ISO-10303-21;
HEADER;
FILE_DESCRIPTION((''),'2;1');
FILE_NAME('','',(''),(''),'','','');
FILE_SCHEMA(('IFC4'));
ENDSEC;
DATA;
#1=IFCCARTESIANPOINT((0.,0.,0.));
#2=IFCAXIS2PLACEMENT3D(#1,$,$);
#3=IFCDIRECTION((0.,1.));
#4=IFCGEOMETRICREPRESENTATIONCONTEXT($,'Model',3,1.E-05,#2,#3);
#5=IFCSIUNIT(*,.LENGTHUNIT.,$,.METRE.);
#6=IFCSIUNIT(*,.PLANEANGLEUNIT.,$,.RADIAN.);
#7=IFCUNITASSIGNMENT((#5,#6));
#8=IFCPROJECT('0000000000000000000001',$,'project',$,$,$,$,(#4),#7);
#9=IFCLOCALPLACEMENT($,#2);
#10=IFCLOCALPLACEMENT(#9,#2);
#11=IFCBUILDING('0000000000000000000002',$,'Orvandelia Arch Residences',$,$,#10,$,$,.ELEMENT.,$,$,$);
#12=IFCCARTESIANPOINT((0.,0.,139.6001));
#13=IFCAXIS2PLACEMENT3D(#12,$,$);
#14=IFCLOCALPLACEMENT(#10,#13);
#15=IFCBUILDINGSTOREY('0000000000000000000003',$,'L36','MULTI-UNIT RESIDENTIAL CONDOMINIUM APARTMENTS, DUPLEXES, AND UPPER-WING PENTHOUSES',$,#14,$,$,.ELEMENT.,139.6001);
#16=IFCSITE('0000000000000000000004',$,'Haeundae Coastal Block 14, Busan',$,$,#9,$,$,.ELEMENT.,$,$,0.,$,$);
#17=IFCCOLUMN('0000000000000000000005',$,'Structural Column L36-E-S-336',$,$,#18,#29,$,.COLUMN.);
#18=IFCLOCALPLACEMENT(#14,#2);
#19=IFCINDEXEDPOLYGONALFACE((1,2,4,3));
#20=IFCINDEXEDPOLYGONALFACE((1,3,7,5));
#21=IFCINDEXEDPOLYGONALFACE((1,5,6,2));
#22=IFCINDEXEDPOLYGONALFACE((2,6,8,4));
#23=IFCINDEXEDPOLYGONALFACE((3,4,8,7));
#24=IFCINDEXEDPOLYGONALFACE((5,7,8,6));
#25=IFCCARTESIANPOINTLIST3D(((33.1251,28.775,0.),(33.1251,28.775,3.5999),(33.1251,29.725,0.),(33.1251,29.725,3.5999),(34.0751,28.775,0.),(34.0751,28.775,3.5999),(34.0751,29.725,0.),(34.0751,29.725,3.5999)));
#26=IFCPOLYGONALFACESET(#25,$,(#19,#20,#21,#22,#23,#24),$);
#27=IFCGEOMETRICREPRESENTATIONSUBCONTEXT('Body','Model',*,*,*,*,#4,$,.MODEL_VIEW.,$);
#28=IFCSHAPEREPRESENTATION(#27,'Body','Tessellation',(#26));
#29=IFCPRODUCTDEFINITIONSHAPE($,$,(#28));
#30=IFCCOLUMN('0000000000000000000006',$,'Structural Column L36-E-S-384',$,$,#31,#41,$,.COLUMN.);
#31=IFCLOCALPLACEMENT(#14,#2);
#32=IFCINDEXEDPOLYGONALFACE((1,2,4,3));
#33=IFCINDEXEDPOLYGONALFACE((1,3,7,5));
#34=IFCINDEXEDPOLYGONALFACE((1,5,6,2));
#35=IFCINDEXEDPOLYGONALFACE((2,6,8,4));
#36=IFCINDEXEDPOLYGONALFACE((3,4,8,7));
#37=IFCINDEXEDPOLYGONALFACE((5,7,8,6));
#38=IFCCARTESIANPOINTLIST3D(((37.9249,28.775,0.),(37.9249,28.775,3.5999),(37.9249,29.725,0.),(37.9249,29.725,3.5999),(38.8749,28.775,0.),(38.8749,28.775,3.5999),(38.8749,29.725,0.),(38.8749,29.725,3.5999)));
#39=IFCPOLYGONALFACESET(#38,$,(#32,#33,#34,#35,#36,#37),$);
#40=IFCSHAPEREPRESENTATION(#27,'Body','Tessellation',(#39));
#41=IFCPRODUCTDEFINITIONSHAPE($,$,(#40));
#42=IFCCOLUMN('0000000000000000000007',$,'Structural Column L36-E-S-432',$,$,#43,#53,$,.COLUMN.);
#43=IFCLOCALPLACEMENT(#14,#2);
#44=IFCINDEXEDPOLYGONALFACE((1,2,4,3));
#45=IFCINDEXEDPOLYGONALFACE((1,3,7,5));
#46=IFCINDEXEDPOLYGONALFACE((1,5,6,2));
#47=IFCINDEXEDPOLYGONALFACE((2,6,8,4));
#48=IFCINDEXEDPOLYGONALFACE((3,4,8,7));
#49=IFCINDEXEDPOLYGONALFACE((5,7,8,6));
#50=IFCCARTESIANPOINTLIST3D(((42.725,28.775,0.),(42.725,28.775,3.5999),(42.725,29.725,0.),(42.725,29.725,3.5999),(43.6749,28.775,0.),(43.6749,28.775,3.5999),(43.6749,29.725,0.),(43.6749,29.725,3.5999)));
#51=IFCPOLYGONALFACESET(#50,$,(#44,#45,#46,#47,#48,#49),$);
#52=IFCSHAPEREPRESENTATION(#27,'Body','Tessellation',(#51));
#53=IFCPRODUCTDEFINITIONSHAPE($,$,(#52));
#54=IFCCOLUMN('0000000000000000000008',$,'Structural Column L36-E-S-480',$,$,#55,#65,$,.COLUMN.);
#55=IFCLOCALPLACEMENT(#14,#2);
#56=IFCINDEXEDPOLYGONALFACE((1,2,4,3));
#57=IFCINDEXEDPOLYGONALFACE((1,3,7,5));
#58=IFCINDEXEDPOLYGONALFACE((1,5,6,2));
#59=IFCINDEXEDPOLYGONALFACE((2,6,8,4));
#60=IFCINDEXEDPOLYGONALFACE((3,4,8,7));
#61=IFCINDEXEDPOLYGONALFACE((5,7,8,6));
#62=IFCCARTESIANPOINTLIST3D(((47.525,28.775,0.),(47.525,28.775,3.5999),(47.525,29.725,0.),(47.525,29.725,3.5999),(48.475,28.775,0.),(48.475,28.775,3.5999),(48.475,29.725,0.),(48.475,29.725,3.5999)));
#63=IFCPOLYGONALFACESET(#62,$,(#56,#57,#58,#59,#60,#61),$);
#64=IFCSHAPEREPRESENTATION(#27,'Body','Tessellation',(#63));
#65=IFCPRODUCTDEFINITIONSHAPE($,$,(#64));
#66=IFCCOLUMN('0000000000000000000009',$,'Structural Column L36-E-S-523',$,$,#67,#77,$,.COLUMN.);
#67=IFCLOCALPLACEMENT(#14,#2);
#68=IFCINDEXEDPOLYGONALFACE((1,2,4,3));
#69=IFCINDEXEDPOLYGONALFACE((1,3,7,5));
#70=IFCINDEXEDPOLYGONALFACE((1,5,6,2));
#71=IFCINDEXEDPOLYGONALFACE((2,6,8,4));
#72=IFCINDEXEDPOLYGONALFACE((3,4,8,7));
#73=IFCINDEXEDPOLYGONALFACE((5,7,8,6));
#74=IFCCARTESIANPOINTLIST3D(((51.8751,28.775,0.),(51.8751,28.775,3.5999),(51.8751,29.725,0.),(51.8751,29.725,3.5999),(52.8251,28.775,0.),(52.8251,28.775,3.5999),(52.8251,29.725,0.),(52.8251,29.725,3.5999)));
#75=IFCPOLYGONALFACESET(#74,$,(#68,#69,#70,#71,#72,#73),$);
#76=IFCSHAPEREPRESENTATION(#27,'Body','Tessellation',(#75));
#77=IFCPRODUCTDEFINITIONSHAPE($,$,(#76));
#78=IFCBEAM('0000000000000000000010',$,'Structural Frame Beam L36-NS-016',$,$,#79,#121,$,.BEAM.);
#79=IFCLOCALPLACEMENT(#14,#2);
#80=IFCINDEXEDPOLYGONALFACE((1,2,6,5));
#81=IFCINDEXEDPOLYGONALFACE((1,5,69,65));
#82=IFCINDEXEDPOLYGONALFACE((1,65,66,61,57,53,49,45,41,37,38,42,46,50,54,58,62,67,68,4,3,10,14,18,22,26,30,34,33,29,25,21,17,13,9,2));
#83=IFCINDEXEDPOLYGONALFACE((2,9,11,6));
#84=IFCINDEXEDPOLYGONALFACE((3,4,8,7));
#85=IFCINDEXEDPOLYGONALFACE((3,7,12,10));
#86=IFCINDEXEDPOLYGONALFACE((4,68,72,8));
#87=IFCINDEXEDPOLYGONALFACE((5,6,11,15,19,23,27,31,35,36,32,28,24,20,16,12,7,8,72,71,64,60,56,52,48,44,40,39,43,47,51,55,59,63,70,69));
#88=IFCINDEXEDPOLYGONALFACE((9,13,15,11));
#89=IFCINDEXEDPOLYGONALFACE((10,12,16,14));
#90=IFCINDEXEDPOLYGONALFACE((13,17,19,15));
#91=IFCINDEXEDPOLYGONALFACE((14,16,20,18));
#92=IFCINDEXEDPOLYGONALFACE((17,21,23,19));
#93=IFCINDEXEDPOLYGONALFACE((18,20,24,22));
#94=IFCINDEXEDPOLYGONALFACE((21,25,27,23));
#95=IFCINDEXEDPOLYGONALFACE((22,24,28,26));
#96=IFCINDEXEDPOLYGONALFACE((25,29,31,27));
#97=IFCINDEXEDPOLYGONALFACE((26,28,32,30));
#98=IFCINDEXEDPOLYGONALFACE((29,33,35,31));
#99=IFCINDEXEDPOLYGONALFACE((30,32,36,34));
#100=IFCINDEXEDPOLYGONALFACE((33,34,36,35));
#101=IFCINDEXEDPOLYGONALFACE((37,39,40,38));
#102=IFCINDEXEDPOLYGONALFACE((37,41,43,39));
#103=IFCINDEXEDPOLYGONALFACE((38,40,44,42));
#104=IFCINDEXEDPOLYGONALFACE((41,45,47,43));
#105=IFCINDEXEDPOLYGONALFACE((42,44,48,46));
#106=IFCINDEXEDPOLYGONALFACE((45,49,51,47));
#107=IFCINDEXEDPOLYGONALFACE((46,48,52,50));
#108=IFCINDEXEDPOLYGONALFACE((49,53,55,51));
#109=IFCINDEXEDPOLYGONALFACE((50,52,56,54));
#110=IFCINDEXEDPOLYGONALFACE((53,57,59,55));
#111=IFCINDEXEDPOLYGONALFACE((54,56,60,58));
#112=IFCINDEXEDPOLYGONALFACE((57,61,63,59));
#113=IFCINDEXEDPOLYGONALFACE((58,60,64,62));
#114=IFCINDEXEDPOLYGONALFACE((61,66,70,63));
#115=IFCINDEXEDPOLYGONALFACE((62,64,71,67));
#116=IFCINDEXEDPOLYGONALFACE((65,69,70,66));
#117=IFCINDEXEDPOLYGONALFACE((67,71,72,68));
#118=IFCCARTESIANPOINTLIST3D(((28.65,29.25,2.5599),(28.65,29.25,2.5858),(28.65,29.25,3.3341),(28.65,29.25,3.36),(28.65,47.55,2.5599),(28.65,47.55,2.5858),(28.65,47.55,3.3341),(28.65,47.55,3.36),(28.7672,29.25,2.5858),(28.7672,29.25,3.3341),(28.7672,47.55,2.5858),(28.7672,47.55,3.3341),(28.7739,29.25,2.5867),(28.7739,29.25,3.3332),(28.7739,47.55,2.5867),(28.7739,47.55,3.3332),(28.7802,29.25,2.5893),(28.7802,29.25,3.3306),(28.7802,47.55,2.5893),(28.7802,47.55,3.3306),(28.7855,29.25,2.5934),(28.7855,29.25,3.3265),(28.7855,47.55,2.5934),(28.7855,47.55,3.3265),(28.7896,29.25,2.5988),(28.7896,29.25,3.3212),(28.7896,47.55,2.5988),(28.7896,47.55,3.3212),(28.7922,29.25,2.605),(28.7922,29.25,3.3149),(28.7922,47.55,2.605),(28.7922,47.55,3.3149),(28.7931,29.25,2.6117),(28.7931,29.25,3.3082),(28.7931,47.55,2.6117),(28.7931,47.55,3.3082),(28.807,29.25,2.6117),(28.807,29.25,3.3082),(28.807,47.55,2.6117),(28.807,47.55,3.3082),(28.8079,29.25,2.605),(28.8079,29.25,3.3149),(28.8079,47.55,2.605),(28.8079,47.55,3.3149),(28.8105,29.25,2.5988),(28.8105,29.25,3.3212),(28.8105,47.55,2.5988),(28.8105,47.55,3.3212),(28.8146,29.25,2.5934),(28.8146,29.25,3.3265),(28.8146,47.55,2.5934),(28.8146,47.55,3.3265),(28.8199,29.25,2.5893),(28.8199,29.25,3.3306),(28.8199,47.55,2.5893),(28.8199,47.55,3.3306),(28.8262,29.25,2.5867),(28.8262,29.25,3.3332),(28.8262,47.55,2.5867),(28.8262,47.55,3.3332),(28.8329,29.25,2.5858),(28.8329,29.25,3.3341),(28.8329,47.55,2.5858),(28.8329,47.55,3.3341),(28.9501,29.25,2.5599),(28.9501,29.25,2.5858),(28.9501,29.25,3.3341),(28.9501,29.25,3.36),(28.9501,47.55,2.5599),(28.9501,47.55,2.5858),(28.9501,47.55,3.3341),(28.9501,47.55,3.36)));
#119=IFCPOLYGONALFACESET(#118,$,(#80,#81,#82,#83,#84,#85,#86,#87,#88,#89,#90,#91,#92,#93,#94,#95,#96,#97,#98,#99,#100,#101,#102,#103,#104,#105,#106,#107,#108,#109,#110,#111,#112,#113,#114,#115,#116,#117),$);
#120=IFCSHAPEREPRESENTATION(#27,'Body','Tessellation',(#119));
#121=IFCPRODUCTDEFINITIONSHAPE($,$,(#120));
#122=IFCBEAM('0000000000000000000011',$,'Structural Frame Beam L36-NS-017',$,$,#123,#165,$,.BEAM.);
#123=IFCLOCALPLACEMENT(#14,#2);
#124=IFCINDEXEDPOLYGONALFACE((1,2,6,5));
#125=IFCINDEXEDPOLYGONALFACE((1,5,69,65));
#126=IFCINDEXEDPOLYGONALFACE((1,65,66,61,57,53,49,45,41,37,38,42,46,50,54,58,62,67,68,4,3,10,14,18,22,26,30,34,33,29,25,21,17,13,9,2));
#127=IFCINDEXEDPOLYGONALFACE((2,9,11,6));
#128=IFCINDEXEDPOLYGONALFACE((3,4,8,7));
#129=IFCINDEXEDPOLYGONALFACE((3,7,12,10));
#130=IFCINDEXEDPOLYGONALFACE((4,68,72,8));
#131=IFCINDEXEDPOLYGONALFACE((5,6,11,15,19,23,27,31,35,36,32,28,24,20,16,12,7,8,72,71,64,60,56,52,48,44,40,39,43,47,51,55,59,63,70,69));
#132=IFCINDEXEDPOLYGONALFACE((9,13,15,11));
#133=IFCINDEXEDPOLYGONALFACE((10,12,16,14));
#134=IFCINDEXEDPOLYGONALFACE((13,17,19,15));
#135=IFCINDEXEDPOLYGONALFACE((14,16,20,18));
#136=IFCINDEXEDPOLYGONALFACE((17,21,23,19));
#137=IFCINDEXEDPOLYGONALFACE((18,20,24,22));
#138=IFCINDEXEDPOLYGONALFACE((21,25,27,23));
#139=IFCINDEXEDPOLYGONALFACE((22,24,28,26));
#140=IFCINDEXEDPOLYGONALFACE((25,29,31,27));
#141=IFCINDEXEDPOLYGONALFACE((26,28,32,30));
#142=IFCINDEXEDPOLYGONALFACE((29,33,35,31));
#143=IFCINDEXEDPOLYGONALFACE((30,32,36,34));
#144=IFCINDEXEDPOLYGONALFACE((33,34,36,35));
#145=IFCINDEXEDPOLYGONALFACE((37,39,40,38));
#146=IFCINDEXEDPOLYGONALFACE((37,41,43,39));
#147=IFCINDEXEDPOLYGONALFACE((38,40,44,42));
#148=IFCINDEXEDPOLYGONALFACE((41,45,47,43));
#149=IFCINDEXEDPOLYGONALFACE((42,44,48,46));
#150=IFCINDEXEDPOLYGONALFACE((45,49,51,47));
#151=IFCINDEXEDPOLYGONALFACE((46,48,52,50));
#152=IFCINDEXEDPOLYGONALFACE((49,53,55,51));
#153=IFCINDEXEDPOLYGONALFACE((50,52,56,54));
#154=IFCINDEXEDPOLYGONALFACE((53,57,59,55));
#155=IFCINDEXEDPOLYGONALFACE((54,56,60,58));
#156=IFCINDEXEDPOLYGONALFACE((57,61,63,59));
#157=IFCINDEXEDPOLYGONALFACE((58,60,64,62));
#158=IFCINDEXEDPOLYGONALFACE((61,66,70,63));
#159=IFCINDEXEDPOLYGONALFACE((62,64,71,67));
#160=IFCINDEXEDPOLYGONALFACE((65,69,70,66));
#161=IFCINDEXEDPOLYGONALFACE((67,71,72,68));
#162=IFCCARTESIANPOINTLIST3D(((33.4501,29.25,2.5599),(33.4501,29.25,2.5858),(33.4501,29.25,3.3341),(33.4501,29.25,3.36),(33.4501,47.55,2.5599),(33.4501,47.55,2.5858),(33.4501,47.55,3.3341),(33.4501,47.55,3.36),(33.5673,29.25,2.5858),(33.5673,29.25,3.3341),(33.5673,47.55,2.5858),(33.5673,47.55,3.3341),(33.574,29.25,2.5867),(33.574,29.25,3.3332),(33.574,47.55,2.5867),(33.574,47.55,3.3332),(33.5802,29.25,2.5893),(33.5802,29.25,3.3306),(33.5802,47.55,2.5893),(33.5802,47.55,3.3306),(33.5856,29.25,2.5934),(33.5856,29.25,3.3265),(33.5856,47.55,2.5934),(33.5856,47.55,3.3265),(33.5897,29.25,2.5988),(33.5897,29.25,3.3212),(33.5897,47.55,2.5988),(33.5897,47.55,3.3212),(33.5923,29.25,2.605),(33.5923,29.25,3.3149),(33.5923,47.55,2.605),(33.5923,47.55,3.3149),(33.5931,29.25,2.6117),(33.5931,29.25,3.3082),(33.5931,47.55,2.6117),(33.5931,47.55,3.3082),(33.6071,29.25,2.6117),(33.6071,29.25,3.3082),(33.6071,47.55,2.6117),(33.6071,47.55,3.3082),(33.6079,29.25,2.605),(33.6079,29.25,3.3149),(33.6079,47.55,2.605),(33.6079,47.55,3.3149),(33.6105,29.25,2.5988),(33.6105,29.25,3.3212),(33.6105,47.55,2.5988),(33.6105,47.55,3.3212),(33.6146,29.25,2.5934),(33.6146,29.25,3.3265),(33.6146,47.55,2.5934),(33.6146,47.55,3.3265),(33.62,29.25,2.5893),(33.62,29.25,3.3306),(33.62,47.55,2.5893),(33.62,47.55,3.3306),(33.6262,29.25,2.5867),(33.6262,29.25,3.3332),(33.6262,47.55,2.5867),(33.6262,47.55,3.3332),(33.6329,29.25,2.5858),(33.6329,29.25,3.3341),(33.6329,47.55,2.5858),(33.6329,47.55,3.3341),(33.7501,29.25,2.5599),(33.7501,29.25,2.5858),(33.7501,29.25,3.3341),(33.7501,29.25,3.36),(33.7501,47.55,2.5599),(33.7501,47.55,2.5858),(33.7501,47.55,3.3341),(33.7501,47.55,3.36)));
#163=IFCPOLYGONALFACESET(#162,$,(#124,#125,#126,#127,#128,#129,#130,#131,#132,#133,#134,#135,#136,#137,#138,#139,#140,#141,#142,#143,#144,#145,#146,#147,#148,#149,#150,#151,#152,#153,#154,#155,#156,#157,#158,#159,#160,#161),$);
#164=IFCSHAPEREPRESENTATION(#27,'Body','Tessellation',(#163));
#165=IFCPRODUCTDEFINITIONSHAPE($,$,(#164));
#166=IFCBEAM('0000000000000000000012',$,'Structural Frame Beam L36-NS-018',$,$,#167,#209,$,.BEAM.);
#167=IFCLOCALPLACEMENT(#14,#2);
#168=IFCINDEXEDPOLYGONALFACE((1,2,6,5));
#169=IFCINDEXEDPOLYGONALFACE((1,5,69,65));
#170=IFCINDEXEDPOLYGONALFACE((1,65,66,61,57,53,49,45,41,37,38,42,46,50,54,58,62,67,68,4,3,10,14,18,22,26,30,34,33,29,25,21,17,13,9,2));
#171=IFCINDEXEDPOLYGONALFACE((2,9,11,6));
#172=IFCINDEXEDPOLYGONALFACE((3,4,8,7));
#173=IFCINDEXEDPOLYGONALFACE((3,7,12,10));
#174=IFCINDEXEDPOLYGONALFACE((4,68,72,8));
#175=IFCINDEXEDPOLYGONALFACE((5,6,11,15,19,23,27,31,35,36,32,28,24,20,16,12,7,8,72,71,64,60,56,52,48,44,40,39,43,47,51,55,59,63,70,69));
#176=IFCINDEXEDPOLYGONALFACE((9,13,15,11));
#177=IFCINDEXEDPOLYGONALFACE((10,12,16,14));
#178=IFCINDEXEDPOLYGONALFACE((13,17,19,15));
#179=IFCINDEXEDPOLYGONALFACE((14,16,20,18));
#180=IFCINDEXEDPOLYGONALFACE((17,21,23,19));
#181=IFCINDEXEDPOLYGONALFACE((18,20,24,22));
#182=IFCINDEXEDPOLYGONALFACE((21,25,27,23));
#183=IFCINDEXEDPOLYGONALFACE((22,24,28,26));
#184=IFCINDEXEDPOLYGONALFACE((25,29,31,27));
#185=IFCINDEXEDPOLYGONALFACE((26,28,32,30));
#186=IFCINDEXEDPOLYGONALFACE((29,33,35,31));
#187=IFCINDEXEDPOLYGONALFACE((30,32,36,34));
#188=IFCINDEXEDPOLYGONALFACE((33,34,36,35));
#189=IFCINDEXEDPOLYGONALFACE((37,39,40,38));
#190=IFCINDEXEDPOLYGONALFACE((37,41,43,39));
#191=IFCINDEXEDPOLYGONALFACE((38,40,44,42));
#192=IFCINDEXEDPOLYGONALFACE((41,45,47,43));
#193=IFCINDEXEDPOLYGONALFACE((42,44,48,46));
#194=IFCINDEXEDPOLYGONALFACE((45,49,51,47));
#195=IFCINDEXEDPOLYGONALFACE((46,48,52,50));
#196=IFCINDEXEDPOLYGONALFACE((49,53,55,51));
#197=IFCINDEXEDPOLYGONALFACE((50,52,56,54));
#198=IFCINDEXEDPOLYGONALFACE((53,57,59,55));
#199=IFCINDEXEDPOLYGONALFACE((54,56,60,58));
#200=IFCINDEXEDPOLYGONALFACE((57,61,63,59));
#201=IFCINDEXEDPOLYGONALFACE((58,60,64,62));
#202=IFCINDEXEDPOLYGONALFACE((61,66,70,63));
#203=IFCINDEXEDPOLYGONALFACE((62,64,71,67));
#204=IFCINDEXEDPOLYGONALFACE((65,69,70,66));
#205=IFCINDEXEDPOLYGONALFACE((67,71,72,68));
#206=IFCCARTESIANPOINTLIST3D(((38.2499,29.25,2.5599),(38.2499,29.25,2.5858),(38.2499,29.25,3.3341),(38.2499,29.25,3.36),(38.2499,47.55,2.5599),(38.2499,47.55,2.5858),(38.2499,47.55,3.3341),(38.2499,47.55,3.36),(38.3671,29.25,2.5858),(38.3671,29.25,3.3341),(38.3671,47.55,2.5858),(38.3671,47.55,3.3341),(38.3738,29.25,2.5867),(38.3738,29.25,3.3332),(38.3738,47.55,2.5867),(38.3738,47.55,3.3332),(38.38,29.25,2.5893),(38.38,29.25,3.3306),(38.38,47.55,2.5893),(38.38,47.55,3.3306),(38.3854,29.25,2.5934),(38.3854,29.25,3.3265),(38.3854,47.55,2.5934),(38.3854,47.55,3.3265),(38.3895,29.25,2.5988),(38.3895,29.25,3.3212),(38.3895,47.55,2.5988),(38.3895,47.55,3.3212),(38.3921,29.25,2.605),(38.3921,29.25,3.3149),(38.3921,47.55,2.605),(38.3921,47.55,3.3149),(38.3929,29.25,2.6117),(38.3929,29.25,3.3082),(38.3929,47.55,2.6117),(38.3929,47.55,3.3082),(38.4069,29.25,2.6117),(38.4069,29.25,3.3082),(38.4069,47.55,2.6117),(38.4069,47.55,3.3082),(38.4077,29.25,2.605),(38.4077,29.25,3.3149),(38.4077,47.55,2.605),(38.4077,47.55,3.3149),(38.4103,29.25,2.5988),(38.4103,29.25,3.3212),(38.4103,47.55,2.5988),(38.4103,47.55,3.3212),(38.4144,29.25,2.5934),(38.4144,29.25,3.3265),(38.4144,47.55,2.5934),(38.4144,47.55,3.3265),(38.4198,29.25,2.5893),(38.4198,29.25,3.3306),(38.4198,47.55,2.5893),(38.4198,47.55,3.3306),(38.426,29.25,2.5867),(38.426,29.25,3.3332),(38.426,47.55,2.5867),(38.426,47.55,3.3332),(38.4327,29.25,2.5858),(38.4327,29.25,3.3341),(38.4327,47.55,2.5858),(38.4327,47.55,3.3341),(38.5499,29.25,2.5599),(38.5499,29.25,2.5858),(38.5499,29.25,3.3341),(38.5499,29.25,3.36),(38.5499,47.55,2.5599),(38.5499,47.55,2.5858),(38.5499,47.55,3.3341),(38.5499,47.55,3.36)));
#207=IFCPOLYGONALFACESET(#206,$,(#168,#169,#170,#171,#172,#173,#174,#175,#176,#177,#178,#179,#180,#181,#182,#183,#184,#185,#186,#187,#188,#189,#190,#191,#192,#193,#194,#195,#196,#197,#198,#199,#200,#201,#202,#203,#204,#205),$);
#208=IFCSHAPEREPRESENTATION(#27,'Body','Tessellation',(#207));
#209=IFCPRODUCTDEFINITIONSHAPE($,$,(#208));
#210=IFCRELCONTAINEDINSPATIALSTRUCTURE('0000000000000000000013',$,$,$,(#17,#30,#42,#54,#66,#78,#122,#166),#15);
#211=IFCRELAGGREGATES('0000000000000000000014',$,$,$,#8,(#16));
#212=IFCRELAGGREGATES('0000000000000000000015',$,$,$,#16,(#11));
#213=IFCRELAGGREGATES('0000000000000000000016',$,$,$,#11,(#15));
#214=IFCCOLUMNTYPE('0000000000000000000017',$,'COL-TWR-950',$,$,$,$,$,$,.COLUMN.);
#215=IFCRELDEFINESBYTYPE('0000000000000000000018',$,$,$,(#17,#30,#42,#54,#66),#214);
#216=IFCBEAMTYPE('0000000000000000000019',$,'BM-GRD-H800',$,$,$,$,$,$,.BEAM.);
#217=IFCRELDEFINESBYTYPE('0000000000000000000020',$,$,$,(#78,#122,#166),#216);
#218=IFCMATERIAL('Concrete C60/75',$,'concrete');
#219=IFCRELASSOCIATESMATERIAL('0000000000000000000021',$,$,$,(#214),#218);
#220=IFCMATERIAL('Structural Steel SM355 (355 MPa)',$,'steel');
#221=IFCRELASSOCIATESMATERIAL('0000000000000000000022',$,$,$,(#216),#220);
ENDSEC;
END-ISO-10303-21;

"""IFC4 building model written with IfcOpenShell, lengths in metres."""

from ifc_helpers import new_model, si_unit, direction, frame, origin, origin_2d, place, context, subcontext, project, spatial, rectangle, i_section, extrude, material, material_profile, profile_set, type_object, element, save


model = new_model("IFC4")

# Units and contexts
model_context = context("Model", 3, precision=1e-05, world=origin(), true_north=direction((0.0, 1.0)))
body_context = subcontext(model_context, "Body", "Model", "MODEL_VIEW")
ifc_project = project(units=[si_unit("LENGTHUNIT", "METRE"), si_unit("PLANEANGLEUNIT", "RADIAN")], contexts=[model_context])

# Site, building, storey
site_placement = place(None, origin())
site = spatial("IfcSite", under=ifc_project, at=site_placement, Name="Haeundae Coastal Block 14, Busan", CompositionType="ELEMENT", RefElevation=0.0)
building_placement = place(site_placement, origin())
building = spatial("IfcBuilding", under=site, at=building_placement, Name="Orvandelia Arch Residences", CompositionType="ELEMENT")
storey_placement = place(building_placement, frame((0.0, 0.0, 139.6001)))
storey = spatial("IfcBuildingStorey", under=building, at=storey_placement, Name="L36", Description="MULTI-UNIT RESIDENTIAL CONDOMINIUM APARTMENTS, DUPLEXES, AND UPPER-WING PENTHOUSES", CompositionType="ELEMENT", Elevation=139.6001)

# Columns
ifc_material_1 = material(Name="Concrete C60/75", Category="concrete")
ifc_material_profile_1 = material_profile(ifc_material_1, rectangle(XDim=0.95, YDim=0.95, at=origin_2d()), Name="Concrete C60/75", Category="concrete")
ifc_profile_set_1 = profile_set([ifc_material_profile_1], Name="Concrete C60/75")
column_type = type_object("IfcColumnType", Name="COL-TWR-950", PredefinedType="COLUMN", material=ifc_profile_set_1)
for number, where, z_axis, x_axis, name in (
    (1, (33.6001, 29.25, 0.0), (0.0, 0.0, 1.0), (1.0, 0.0, 0.0), "Structural Column L36-E-S-336"),
    (2, (38.3999, 29.25, 0.0), (0.0, 0.0, 1.0), (1.0, 0.0, 0.0), "Structural Column L36-E-S-384"),
    (3, (43.2, 29.25, 0.0), (0.0, 0.0, 1.0), (1.0, 0.0, 0.0), "Structural Column L36-E-S-432"),
    (4, (48.0, 29.25, 0.0), (0.0, 0.0, 1.0), (1.0, 0.0, 0.0), "Structural Column L36-E-S-480"),
    (5, (52.3501, 29.25, 0.0), (0.0, 0.0, 1.0), (1.0, 0.0, 0.0), "Structural Column L36-E-S-523"),
):
    element("IfcColumn", number, at=place(storey_placement, frame(where, z_axis=z_axis, x_axis=x_axis)), inside=storey, type_object=column_type, Name=name, PredefinedType="COLUMN", context=body_context, shape_type="SweptSolid", body=[
        extrude(rectangle(XDim=0.95, YDim=0.95, at=origin_2d()), origin(), (0.0, 0.0, 1.0), 3.5999),
    ])

# Beams
ifc_material_2 = material(Name="Structural Steel SM355 (355 MPa)", Category="steel")
ifc_material_profile_2 = material_profile(ifc_material_2, i_section(OverallWidth=0.3, OverallDepth=0.8, WebThickness=0.0139, FlangeThickness=0.0259, FilletRadius=0.0259, at=origin_2d()), Name="Structural Steel SM355 (355 MPa)", Category="steel")
ifc_profile_set_2 = profile_set([ifc_material_profile_2], Name="Structural Steel SM355 (355 MPa)")
beam_type = type_object("IfcBeamType", Name="BM-GRD-H800", PredefinedType="BEAM", material=ifc_profile_set_2)
for number, where, z_axis, x_axis, name in (
    (6, (28.8, 29.25, 2.96), (0.0, 1.0, 0.0), (-1.0, 0.0, 0.0), "Structural Frame Beam L36-NS-016"),
    (7, (33.6001, 29.25, 2.96), (0.0, 1.0, 0.0), (-1.0, 0.0, 0.0), "Structural Frame Beam L36-NS-017"),
    (8, (38.3999, 29.25, 2.96), (0.0, 1.0, 0.0), (-1.0, 0.0, 0.0), "Structural Frame Beam L36-NS-018"),
):
    element("IfcBeam", number, at=place(storey_placement, frame(where, z_axis=z_axis, x_axis=x_axis)), inside=storey, type_object=beam_type, Name=name, PredefinedType="BEAM", context=body_context, shape_type="SweptSolid", body=[
        extrude(i_section(OverallWidth=0.3, OverallDepth=0.8, WebThickness=0.0139, FlangeThickness=0.0259, FilletRadius=0.0259, at=origin_2d()), origin(), (0.0, 0.0, 1.0), 18.3),
    ])

save(model, "model.ifc")
